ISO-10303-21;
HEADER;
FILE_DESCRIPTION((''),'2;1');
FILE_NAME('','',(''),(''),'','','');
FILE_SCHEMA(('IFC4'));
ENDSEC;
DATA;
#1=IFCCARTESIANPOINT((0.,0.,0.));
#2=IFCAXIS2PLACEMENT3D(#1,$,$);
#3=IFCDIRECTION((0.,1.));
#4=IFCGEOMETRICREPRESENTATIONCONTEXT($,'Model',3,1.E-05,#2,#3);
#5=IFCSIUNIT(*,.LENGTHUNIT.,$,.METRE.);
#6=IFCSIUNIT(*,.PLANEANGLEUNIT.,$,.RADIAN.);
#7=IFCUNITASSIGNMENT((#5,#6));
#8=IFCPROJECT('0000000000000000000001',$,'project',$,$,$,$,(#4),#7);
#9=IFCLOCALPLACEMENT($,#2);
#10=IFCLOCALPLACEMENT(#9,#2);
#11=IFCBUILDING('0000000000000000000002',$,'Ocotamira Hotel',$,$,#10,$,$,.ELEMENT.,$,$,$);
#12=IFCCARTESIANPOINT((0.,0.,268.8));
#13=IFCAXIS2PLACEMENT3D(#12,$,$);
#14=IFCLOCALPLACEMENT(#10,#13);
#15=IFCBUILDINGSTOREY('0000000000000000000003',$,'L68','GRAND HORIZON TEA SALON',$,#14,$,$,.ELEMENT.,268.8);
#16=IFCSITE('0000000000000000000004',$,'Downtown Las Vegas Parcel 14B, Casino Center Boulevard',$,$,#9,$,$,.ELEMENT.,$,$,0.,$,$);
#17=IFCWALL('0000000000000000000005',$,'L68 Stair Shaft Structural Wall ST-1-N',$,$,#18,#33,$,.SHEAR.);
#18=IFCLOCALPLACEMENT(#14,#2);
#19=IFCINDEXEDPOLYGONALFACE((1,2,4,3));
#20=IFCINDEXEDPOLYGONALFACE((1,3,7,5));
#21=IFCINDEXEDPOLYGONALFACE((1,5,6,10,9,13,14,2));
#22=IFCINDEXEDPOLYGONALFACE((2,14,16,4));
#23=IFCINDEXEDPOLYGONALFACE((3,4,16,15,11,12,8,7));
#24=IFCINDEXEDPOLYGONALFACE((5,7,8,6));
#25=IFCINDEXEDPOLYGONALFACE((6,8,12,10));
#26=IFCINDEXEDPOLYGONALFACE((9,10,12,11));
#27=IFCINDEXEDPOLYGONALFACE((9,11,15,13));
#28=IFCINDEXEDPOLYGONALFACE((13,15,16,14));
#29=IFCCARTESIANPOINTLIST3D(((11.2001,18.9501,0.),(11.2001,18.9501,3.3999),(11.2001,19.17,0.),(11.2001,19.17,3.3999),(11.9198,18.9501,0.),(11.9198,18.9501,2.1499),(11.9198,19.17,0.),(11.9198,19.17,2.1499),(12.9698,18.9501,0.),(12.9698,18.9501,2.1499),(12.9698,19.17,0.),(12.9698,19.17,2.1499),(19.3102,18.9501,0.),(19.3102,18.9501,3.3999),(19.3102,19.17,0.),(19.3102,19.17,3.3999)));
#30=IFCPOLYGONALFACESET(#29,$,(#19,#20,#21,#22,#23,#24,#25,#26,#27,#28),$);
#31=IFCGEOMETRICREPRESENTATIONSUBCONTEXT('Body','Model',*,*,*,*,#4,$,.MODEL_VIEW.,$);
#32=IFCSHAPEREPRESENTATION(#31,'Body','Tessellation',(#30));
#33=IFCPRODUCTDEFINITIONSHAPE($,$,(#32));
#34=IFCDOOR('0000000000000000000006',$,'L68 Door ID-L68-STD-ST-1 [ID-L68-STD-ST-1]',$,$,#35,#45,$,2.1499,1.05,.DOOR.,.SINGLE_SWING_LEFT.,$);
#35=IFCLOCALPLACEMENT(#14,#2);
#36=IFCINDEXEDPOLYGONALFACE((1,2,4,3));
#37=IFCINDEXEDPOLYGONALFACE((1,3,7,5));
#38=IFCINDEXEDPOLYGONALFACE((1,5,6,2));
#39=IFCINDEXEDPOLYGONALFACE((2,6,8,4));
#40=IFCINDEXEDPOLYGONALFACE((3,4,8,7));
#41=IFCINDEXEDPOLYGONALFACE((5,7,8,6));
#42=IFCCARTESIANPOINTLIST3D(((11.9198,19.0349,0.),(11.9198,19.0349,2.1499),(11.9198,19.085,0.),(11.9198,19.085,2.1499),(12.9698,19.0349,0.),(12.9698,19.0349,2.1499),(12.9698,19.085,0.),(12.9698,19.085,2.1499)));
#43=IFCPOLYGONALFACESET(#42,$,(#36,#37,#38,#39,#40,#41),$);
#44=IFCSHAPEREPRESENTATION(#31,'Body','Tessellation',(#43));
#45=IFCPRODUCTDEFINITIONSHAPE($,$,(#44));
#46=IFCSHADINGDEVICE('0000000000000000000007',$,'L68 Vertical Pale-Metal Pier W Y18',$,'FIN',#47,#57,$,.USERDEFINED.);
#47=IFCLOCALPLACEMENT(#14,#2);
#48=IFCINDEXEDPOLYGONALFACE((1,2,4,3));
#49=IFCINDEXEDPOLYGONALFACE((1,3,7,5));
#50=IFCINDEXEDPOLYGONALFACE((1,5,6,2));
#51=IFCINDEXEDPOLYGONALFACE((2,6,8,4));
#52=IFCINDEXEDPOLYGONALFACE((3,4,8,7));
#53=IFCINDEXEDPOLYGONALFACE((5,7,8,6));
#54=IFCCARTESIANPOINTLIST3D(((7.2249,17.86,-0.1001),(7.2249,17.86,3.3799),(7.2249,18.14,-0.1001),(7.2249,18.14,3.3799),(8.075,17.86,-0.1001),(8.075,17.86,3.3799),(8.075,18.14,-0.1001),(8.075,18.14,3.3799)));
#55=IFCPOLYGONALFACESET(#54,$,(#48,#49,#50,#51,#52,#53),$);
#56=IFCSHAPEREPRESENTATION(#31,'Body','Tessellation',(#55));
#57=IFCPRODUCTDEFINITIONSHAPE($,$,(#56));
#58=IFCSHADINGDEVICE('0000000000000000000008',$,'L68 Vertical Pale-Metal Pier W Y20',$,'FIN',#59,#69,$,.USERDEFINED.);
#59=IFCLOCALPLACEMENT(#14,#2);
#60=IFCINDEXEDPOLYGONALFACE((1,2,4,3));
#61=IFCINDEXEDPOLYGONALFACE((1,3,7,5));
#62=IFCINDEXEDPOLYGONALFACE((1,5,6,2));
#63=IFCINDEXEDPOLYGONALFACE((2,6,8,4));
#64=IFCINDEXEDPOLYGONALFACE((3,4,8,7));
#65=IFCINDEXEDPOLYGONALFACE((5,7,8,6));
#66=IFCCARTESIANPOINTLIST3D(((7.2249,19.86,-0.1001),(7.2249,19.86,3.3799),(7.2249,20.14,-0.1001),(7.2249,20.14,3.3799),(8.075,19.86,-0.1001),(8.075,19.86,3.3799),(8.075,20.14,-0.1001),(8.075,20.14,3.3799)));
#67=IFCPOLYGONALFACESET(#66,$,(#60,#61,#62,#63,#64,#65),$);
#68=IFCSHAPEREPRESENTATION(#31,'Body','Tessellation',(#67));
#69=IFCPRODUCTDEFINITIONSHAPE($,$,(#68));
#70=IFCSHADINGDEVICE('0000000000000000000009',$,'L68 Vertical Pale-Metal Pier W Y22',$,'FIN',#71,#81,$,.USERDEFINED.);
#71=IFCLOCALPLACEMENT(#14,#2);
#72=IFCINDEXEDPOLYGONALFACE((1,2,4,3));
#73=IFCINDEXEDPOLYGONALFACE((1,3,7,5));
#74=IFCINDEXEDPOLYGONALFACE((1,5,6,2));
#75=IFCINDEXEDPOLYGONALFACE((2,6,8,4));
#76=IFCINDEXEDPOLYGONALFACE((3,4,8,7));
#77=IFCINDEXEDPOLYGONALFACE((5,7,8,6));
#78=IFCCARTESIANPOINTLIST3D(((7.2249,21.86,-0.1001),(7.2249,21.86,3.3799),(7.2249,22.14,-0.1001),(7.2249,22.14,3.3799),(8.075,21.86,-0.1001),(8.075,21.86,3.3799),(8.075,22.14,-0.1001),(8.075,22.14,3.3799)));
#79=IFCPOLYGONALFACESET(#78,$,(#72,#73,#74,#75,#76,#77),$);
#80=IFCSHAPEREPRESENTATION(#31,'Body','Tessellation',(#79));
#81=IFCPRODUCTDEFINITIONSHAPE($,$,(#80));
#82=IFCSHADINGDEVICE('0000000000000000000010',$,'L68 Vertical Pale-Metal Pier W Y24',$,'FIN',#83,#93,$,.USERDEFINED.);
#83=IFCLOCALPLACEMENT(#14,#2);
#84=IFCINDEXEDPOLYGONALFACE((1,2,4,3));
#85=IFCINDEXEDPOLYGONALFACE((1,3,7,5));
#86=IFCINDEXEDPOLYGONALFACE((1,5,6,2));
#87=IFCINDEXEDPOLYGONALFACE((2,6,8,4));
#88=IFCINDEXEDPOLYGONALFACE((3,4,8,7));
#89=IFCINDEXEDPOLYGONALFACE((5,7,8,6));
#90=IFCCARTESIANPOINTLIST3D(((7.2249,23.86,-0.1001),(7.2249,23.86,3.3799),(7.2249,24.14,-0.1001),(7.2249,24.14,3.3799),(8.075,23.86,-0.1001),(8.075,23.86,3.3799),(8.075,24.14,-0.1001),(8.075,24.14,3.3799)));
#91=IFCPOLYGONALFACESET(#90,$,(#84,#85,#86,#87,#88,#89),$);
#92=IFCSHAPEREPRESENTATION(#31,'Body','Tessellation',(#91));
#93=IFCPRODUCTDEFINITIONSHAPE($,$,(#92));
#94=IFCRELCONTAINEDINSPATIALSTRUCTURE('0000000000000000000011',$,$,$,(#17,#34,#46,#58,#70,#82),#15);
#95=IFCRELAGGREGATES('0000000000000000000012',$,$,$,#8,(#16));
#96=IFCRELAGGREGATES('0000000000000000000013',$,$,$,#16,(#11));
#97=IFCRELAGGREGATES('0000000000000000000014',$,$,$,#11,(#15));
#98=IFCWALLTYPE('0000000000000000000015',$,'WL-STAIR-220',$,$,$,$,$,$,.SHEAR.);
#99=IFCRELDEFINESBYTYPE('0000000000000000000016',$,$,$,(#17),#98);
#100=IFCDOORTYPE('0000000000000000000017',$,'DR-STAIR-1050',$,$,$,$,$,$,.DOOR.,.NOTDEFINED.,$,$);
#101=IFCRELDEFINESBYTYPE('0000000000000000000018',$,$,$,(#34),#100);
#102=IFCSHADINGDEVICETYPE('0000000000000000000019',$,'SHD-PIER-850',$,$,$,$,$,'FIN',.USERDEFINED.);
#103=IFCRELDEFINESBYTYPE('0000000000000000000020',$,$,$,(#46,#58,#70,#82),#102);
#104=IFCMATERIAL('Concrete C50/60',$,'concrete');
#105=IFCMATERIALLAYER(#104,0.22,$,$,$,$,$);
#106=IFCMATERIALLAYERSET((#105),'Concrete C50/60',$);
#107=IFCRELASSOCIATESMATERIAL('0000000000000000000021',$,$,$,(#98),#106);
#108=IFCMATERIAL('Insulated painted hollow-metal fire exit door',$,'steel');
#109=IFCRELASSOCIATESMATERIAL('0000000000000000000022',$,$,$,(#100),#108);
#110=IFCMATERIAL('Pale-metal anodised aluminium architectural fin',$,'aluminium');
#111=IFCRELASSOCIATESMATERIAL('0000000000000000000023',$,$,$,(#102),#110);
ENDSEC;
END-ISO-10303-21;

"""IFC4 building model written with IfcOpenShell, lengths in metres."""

from ifc_helpers import new_model, si_unit, direction, frame, frame_2d, origin, origin_2d, place, context, subcontext, project, spatial, rectangle, extrude, source, transform, mapped, material, layer, layer_set, type_object, element, fill, save


model = new_model("IFC4")

# Units and contexts
model_context = context("Model", 3, precision=1e-05, world=origin(), true_north=direction((0.0, 1.0)))
body_context = subcontext(model_context, "Body", "Model", "MODEL_VIEW")
ifc_project = project(units=[si_unit("LENGTHUNIT", "METRE"), si_unit("PLANEANGLEUNIT", "RADIAN")], contexts=[model_context])

# Site, building, storey
site_placement = place(None, origin())
site = spatial("IfcSite", under=ifc_project, at=site_placement, Name="Downtown Las Vegas Parcel 14B, Casino Center Boulevard", CompositionType="ELEMENT", RefElevation=0.0)
building_placement = place(site_placement, origin())
building = spatial("IfcBuilding", under=site, at=building_placement, Name="Ocotamira Hotel", CompositionType="ELEMENT")
storey_placement = place(building_placement, frame((0.0, 0.0, 268.8)))
storey = spatial("IfcBuildingStorey", under=building, at=storey_placement, Name="L68", Description="GRAND HORIZON TEA SALON", CompositionType="ELEMENT", Elevation=268.8)

# Shared definitions
ifc_material_1 = material(Name="Concrete C50/60", Category="concrete")

# Wall, opening, door
ifc_layer_1 = layer(ifc_material_1, 0.22)
ifc_layer_set_1 = layer_set([ifc_layer_1], Name="Concrete C50/60")
wall_type_1 = type_object("IfcWallType", Name="WL-STAIR-220", PredefinedType="SHEAR", material=ifc_layer_set_1)
wall_1_placement = place(storey_placement, frame((11.2, 19.0601, 0.0), z_axis=(0.0, 0.0, 1.0), x_axis=(1.0, 0.0, 0.0)))
wall_1 = element("IfcWall", 1, at=wall_1_placement, inside=storey, type_object=wall_type_1, Name="L68 Stair Shaft Structural Wall ST-1-N", PredefinedType="SHEAR", context=body_context, shape_type="SweptSolid", body=[
    extrude(rectangle(XDim=8.1101, YDim=0.22, at=frame_2d((4.0552, 0.0))), origin(), (0.0, 0.0, 1.0), 3.3999),
])
opening_1_placement = place(wall_1_placement, frame((0.72, 0.0, 0.0)))
opening_1 = element("IfcOpeningElement", 2, at=opening_1_placement, cuts=wall_1, PredefinedType="OPENING", context=body_context, shape_type="SweptSolid", body=[
    extrude(rectangle(XDim=1.05, YDim=2.1499, at=frame_2d((0.5249, 1.075))), frame((0.0, 0.1201, 0.0), z_axis=(0.0, -1.0, 0.0), x_axis=(1.0, 0.0, 0.0)), (0.0, 0.0, 1.0), 0.24),
])
ifc_material_2 = material(Name="Insulated painted hollow-metal fire exit door", Category="steel")
door_type_1 = type_object("IfcDoorType", Name="DR-STAIR-1050", OperationType="NOTDEFINED", PredefinedType="DOOR", material=ifc_material_2)
shared_shape_1 = source(origin(), body_context, "Body", "SweptSolid", [
    extrude(rectangle(XDim=1.05, YDim=2.1499, at=frame_2d((0.5249, 1.075))), frame((0.0, 0.0249, 0.0), z_axis=(0.0, -1.0, 0.0), x_axis=(1.0, 0.0, 0.0)), (0.0, 0.0, 1.0), 0.05),
])
door_1_placement = place(opening_1_placement, origin())
door_1 = element("IfcDoor", 3, at=door_1_placement, inside=storey, type_object=door_type_1, Name="L68 Door ID-L68-STD-ST-1 [ID-L68-STD-ST-1]", OperationType="SINGLE_SWING_LEFT", OverallHeight=2.1499, OverallWidth=1.05, PredefinedType="DOOR", context=body_context, shape_type="MappedRepresentation", body=[
    mapped(shared_shape_1, transform((0.0, 0.0, 0.0), scale=1.0)),
])
fill(opening_1, door_1)

# Shading devices
ifc_material_3 = material(Name="Pale-metal anodised aluminium architectural fin", Category="aluminium")
shading_device_type = type_object("IfcShadingDeviceType", Name="SHD-PIER-850", ElementType="FIN", PredefinedType="USERDEFINED", material=ifc_material_3)
shared_shape_2 = source(origin(), body_context, "Body", "SweptSolid", [
    extrude(rectangle(XDim=0.8501, YDim=0.28, at=origin_2d()), origin(), (0.0, 0.0, 1.0), 3.48),
])
for number, where, z_axis, x_axis, name in (
    (4, (7.6499, 18.0, -0.1001), (0.0, 0.0, 1.0), (1.0, 0.0, 0.0), "L68 Vertical Pale-Metal Pier W Y18"),
    (5, (7.6499, 20.0, -0.1001), (0.0, 0.0, 1.0), (1.0, 0.0, 0.0), "L68 Vertical Pale-Metal Pier W Y20"),
    (6, (7.6499, 22.0, -0.1001), (0.0, 0.0, 1.0), (1.0, 0.0, 0.0), "L68 Vertical Pale-Metal Pier W Y22"),
    (7, (7.6499, 24.0, -0.1001), (0.0, 0.0, 1.0), (1.0, 0.0, 0.0), "L68 Vertical Pale-Metal Pier W Y24"),
):
    element("IfcShadingDevice", number, at=place(storey_placement, frame(where, z_axis=z_axis, x_axis=x_axis)), inside=storey, type_object=shading_device_type, Name=name, ObjectType="FIN", PredefinedType="USERDEFINED", context=body_context, shape_type="MappedRepresentation", body=[
        mapped(shared_shape_2, transform((0.0, 0.0, 0.0), scale=1.0)),
    ])

save(model, "model.ifc")
